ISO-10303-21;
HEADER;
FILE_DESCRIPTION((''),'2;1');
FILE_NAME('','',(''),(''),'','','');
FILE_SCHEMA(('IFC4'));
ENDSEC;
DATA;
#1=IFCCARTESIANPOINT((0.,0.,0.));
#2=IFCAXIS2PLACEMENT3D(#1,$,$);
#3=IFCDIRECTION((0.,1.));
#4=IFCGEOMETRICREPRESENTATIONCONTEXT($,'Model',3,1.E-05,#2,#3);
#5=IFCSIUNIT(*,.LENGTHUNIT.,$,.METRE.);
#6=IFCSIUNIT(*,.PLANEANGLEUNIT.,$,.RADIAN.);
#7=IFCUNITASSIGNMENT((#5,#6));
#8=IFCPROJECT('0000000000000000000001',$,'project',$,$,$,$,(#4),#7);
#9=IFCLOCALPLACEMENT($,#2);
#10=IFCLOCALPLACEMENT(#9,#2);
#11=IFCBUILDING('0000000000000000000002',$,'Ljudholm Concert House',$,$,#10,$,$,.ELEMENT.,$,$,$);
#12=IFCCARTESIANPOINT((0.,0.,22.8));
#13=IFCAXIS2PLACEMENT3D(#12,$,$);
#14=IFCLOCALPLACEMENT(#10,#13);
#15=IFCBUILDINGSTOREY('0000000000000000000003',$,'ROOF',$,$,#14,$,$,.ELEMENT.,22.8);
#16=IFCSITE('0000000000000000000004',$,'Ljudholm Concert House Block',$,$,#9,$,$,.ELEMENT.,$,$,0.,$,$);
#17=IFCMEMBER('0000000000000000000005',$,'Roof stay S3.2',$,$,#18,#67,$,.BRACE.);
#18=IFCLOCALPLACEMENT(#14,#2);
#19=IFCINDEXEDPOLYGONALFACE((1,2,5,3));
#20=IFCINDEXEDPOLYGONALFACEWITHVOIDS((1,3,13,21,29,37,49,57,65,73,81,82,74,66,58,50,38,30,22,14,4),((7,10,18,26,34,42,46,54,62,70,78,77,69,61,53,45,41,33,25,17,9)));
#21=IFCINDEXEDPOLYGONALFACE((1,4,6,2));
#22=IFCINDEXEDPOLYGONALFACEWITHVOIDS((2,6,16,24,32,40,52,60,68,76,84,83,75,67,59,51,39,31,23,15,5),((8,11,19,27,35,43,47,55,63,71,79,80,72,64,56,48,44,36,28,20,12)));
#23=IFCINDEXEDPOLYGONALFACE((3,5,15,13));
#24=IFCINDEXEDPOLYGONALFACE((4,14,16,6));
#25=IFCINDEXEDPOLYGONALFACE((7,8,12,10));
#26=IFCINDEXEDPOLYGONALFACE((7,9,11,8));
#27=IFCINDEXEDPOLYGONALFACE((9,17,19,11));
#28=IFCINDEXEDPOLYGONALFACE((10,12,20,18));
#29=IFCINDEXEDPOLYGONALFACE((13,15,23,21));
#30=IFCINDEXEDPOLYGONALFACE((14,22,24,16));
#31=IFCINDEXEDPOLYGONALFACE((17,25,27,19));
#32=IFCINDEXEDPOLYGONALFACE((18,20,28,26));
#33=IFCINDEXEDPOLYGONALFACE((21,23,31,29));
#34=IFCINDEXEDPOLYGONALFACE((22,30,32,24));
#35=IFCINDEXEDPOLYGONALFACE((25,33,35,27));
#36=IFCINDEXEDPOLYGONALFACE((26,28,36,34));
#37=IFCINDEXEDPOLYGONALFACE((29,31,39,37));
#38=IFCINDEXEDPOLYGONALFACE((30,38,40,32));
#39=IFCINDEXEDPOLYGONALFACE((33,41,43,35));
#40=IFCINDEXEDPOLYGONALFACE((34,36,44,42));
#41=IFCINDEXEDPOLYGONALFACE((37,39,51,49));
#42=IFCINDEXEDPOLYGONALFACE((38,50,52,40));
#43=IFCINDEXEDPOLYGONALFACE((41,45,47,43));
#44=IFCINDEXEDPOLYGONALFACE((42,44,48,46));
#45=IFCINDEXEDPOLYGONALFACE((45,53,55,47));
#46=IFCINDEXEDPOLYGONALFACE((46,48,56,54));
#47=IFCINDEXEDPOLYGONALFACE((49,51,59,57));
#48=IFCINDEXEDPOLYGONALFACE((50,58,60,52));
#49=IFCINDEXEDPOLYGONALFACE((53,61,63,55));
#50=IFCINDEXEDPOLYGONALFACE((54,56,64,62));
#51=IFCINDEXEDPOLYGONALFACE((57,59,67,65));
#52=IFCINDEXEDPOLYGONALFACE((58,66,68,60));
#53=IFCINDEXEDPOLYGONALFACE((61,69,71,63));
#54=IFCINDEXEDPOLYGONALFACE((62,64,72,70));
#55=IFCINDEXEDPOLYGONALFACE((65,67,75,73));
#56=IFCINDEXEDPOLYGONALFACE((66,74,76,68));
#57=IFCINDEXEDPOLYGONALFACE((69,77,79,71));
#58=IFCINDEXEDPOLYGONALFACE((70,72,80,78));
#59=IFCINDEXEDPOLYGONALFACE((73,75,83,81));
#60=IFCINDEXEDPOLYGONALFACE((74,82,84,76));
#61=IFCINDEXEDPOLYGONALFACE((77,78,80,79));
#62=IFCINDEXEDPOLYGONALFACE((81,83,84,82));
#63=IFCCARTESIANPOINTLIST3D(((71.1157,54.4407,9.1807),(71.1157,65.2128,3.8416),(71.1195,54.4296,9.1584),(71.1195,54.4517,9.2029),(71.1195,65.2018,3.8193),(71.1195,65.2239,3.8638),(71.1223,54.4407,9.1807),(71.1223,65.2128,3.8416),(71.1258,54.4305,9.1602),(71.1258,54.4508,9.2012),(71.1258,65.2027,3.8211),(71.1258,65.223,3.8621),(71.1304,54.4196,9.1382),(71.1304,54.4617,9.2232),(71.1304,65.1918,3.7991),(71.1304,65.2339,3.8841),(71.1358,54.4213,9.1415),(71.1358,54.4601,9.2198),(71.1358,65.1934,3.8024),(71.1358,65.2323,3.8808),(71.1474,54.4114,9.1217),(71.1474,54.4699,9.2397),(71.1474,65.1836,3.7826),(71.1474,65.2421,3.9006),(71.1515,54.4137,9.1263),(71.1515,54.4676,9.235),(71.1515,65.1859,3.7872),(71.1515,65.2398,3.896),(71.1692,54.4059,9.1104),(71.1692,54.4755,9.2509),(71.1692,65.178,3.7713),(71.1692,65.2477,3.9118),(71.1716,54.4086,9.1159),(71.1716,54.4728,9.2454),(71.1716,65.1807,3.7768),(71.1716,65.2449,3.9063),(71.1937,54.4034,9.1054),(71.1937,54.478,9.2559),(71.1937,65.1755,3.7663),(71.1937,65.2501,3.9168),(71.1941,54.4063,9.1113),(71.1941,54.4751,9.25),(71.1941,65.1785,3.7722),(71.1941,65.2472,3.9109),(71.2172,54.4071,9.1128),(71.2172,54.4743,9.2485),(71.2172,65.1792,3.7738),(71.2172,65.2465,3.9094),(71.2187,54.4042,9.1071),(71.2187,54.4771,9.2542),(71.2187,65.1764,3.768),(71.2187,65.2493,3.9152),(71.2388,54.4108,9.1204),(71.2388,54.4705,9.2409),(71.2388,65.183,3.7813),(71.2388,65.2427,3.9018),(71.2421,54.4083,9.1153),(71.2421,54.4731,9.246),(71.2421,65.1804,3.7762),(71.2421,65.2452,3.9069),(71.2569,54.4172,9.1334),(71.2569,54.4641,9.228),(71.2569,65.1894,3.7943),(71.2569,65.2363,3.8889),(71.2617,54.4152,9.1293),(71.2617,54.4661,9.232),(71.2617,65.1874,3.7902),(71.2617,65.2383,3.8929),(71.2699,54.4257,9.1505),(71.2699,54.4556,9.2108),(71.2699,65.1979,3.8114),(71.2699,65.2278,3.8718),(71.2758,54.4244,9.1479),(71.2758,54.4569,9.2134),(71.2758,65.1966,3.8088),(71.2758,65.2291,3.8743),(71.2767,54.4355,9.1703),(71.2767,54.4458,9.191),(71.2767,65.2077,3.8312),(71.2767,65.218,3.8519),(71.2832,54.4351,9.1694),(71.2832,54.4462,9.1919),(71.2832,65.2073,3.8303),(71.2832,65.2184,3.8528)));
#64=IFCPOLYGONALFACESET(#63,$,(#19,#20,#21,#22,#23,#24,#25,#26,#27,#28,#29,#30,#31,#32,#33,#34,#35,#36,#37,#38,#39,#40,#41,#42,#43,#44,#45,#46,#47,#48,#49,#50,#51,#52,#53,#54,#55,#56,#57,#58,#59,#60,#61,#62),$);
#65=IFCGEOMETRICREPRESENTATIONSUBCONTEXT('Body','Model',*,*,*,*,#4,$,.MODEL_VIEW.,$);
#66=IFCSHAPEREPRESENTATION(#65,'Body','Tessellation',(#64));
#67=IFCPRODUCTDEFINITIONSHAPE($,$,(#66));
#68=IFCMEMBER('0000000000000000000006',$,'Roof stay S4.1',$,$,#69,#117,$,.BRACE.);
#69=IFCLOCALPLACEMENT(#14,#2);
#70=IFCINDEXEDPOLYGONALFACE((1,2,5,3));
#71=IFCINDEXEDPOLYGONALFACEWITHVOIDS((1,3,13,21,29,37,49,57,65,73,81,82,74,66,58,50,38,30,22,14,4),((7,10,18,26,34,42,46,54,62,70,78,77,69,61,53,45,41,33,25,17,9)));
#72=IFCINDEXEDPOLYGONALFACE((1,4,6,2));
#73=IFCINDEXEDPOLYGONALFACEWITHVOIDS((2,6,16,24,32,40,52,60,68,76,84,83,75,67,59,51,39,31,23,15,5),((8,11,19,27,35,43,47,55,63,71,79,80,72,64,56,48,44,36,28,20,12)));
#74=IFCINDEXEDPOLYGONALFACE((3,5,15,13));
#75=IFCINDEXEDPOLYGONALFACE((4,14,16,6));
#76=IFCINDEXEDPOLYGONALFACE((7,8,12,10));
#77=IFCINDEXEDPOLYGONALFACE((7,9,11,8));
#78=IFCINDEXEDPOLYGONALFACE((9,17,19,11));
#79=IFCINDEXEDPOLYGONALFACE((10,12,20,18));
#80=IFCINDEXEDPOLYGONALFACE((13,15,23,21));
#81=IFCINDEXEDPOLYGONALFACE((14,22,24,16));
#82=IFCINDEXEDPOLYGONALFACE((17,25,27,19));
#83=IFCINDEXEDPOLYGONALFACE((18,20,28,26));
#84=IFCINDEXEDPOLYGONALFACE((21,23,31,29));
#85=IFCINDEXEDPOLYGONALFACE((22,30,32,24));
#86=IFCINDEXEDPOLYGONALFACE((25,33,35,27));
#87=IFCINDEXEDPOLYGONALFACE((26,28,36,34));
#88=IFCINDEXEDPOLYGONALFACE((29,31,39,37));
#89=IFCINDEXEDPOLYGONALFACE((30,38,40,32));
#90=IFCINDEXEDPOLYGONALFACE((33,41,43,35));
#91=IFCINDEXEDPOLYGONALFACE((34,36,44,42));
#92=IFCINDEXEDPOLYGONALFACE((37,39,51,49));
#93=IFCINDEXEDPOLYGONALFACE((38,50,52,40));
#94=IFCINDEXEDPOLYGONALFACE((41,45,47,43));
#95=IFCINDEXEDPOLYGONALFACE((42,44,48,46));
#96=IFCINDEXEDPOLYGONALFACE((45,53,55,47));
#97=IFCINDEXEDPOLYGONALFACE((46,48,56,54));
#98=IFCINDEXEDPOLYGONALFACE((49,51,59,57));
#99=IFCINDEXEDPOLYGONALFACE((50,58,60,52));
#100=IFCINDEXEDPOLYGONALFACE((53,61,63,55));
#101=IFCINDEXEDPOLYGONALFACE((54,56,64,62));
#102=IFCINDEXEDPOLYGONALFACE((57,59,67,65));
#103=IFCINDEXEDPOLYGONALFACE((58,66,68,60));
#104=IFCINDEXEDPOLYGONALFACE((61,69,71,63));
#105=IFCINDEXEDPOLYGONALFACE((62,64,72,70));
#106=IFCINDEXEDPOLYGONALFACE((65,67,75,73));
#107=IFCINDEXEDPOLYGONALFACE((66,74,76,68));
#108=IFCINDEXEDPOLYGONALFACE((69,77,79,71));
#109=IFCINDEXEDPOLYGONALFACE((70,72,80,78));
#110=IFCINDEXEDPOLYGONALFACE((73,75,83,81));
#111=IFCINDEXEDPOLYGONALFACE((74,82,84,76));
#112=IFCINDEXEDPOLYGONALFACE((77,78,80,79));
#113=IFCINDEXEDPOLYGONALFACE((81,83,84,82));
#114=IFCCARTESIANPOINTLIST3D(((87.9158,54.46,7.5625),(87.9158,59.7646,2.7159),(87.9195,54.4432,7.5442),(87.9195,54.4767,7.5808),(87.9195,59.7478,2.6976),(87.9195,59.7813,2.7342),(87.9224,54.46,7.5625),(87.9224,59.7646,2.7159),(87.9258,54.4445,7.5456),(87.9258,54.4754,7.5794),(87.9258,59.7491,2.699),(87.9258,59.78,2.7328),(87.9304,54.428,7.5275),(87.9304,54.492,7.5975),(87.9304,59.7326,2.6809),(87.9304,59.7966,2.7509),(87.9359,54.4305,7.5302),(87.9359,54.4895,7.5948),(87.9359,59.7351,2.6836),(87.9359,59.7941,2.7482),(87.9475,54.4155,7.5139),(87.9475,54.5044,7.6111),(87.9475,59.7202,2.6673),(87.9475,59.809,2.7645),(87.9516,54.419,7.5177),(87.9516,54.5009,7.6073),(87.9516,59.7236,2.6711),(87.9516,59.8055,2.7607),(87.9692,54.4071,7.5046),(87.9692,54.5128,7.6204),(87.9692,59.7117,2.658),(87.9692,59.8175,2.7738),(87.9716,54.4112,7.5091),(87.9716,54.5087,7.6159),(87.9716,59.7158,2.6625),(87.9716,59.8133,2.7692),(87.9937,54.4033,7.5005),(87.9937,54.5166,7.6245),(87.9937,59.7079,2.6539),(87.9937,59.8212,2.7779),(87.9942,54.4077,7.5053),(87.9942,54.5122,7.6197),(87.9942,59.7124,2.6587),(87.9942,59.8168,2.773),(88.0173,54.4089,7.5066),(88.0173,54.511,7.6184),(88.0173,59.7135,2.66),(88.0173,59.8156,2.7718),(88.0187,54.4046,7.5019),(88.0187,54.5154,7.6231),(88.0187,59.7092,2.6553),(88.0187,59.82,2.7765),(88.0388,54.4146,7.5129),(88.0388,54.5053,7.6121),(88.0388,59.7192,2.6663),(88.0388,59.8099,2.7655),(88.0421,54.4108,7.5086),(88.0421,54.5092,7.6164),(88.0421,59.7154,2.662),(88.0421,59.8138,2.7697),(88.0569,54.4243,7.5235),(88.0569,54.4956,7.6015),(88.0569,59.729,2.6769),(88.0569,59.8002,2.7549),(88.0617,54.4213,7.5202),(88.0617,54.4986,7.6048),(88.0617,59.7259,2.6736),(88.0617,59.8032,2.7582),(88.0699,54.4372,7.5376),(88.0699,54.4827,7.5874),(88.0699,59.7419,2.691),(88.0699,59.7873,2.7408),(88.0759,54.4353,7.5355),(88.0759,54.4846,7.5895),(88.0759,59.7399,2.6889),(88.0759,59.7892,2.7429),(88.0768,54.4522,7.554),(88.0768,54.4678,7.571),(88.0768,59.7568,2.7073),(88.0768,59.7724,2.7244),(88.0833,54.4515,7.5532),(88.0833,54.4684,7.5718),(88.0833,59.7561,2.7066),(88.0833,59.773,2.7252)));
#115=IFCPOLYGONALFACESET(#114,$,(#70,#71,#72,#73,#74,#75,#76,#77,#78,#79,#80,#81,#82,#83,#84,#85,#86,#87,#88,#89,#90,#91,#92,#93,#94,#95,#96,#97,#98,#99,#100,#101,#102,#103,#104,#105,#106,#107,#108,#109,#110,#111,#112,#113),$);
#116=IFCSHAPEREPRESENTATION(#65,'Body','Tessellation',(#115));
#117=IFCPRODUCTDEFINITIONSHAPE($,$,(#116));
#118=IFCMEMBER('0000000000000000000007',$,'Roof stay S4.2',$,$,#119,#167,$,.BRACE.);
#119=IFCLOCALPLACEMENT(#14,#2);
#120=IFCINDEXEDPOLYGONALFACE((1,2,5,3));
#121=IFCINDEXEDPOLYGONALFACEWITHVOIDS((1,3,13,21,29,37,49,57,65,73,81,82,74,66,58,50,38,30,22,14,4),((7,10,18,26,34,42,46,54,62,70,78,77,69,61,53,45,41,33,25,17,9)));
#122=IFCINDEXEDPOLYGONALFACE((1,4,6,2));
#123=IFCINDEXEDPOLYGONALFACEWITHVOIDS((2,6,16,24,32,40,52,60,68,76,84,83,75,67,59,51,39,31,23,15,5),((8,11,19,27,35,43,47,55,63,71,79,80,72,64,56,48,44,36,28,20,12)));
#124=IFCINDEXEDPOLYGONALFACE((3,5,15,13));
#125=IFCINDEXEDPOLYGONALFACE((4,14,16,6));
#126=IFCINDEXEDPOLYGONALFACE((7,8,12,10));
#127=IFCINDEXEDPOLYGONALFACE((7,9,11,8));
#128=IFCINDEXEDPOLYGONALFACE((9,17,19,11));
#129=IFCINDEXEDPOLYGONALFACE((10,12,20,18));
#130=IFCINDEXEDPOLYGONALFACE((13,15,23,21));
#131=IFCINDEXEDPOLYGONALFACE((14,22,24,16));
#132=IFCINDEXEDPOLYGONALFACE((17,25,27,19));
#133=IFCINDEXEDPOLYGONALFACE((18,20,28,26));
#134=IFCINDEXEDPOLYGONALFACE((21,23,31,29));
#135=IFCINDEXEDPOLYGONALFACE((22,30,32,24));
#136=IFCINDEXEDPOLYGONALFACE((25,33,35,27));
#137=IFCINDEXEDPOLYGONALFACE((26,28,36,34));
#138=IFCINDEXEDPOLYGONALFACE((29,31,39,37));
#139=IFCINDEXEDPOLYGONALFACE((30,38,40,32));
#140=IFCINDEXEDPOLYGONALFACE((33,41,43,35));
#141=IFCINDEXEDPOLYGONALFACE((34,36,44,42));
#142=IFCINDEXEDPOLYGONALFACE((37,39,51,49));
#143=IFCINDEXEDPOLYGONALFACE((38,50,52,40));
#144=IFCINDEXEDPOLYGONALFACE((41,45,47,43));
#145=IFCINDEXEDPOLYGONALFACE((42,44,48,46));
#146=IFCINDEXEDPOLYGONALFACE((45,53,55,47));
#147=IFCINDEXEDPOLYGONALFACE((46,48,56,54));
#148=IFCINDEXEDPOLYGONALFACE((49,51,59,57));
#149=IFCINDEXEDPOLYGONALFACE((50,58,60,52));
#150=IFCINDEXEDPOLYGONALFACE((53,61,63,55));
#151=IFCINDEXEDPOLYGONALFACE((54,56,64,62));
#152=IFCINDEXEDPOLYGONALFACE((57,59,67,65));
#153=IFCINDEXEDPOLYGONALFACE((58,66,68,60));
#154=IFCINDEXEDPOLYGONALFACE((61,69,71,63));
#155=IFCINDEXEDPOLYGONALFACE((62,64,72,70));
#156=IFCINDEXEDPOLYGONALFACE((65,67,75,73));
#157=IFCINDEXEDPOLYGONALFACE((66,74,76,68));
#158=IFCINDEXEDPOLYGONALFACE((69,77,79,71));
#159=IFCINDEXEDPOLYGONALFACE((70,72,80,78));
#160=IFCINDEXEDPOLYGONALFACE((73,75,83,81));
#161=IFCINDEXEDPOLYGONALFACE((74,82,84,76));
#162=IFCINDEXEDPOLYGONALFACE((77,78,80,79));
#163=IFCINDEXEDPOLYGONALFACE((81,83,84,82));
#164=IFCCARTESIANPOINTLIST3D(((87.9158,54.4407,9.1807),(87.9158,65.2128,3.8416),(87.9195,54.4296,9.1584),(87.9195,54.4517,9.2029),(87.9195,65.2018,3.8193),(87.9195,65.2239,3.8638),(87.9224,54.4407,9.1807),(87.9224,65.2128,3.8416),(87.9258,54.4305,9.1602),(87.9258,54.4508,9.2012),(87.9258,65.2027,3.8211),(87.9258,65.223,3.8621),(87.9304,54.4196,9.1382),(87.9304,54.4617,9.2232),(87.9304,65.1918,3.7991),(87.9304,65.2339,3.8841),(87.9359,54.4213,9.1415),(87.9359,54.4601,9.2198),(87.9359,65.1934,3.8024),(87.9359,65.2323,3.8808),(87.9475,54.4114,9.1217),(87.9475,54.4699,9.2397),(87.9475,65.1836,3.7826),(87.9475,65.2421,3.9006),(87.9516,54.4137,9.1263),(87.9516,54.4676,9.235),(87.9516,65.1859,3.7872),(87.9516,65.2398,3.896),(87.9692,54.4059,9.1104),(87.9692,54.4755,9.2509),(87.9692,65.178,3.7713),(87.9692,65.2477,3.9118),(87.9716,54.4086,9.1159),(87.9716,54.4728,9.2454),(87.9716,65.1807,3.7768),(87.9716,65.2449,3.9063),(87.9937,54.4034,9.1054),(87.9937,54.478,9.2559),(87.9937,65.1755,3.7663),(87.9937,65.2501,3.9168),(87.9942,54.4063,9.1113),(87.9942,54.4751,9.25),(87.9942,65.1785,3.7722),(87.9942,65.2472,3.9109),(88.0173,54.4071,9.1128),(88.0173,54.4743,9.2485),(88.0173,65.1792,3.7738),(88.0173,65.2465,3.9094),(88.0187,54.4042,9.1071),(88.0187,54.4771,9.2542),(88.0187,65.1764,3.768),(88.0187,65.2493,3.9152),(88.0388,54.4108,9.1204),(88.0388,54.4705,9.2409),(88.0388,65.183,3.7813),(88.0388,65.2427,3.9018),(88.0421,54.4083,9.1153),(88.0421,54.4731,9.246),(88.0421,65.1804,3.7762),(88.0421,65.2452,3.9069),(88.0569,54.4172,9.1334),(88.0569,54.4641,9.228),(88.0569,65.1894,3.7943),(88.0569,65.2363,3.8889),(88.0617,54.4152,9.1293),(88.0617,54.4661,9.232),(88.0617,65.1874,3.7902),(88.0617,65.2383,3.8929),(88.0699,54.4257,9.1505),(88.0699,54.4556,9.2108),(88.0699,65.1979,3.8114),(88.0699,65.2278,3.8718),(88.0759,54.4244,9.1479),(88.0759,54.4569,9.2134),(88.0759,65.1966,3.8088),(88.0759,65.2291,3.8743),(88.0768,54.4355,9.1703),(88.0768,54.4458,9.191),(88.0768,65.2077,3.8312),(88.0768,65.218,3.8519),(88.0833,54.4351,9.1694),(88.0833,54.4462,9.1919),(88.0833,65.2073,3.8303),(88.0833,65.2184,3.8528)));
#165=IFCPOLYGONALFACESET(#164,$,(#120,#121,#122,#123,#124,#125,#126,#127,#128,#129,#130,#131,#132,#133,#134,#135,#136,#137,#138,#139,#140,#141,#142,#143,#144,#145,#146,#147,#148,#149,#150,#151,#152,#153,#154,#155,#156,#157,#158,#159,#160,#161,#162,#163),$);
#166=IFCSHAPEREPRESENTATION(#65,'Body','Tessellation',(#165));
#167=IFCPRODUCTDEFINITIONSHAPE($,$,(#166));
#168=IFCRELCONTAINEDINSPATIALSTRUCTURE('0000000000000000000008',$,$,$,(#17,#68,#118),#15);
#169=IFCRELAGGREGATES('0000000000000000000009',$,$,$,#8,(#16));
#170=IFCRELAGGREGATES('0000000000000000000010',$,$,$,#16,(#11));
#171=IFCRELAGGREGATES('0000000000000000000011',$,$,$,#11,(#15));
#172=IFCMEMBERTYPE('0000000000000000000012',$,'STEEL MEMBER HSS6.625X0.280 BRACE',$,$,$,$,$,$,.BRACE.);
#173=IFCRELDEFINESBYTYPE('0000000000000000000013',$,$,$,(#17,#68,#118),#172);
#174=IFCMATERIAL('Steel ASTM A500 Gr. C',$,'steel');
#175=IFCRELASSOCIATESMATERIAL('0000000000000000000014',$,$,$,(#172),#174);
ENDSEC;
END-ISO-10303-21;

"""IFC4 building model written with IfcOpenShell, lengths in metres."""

from ifc_helpers import new_model, si_unit, direction, frame, origin, origin_2d, place, context, subcontext, project, spatial, hollow_circle, extrude, material, material_profile, profile_set, type_object, element, save


model = new_model("IFC4")

# Units and contexts
model_context = context("Model", 3, precision=1e-05, world=origin(), true_north=direction((0.0, 1.0)))
body_context = subcontext(model_context, "Body", "Model", "MODEL_VIEW")
ifc_project = project(units=[si_unit("LENGTHUNIT", "METRE"), si_unit("PLANEANGLEUNIT", "RADIAN")], contexts=[model_context])

# Site, building, storey
site_placement = place(None, origin())
site = spatial("IfcSite", under=ifc_project, at=site_placement, Name="Ljudholm Concert House Block", CompositionType="ELEMENT", RefElevation=0.0)
building_placement = place(site_placement, origin())
building = spatial("IfcBuilding", under=site, at=building_placement, Name="Ljudholm Concert House", CompositionType="ELEMENT")
storey_placement = place(building_placement, frame((0.0, 0.0, 22.8)))
storey = spatial("IfcBuildingStorey", under=building, at=storey_placement, Name="ROOF", CompositionType="ELEMENT", Elevation=22.8)

# Members
ifc_material_1 = material(Name="Steel ASTM A500 Gr. C", Category="steel")
ifc_material_profile_1 = material_profile(ifc_material_1, hollow_circle(Radius=0.0842, WallThickness=0.0066, at=origin_2d()), Name="HSS6.625X0.280")
ifc_profile_set_1 = profile_set([ifc_material_profile_1], Name="Steel ASTM A500 Gr. C")
member_type_1 = type_object("IfcMemberType", Name="STEEL MEMBER HSS6.625X0.280 BRACE", PredefinedType="BRACE", material=ifc_profile_set_1)
member_1_placement = place(storey_placement, frame((71.2, 54.4407, 9.1807), z_axis=(0.0, 0.895985, -0.444084), x_axis=(-1.0, 0.0, 0.0)))
element("IfcMember", 1, at=member_1_placement, inside=storey, type_object=member_type_1, Name="Roof stay S3.2", PredefinedType="BRACE", context=body_context, shape_type="SweptSolid", body=[
    extrude(hollow_circle(Radius=0.0842, WallThickness=0.0066, at=origin_2d()), origin(), (0.0, 0.0, 1.0), 12.0227),
])
member_2_placement = place(storey_placement, frame((88.0, 54.46, 7.5625), z_axis=(0.0, 0.738259, -0.674517), x_axis=(-1.0, 0.0, 0.0)))
element("IfcMember", 2, at=member_2_placement, inside=storey, type_object=member_type_1, Name="Roof stay S4.1", PredefinedType="BRACE", context=body_context, shape_type="SweptSolid", body=[
    extrude(hollow_circle(Radius=0.0842, WallThickness=0.0066, at=origin_2d()), origin(), (0.0, 0.0, 1.0), 7.1853),
])
member_3_placement = place(storey_placement, frame((88.0, 54.4407, 9.1807), z_axis=(0.0, 0.895985, -0.444084), x_axis=(-1.0, 0.0, 0.0)))
element("IfcMember", 3, at=member_3_placement, inside=storey, type_object=member_type_1, Name="Roof stay S4.2", PredefinedType="BRACE", context=body_context, shape_type="SweptSolid", body=[
    extrude(hollow_circle(Radius=0.0842, WallThickness=0.0066, at=origin_2d()), origin(), (0.0, 0.0, 1.0), 12.0227),
])

save(model, "model.ifc")
